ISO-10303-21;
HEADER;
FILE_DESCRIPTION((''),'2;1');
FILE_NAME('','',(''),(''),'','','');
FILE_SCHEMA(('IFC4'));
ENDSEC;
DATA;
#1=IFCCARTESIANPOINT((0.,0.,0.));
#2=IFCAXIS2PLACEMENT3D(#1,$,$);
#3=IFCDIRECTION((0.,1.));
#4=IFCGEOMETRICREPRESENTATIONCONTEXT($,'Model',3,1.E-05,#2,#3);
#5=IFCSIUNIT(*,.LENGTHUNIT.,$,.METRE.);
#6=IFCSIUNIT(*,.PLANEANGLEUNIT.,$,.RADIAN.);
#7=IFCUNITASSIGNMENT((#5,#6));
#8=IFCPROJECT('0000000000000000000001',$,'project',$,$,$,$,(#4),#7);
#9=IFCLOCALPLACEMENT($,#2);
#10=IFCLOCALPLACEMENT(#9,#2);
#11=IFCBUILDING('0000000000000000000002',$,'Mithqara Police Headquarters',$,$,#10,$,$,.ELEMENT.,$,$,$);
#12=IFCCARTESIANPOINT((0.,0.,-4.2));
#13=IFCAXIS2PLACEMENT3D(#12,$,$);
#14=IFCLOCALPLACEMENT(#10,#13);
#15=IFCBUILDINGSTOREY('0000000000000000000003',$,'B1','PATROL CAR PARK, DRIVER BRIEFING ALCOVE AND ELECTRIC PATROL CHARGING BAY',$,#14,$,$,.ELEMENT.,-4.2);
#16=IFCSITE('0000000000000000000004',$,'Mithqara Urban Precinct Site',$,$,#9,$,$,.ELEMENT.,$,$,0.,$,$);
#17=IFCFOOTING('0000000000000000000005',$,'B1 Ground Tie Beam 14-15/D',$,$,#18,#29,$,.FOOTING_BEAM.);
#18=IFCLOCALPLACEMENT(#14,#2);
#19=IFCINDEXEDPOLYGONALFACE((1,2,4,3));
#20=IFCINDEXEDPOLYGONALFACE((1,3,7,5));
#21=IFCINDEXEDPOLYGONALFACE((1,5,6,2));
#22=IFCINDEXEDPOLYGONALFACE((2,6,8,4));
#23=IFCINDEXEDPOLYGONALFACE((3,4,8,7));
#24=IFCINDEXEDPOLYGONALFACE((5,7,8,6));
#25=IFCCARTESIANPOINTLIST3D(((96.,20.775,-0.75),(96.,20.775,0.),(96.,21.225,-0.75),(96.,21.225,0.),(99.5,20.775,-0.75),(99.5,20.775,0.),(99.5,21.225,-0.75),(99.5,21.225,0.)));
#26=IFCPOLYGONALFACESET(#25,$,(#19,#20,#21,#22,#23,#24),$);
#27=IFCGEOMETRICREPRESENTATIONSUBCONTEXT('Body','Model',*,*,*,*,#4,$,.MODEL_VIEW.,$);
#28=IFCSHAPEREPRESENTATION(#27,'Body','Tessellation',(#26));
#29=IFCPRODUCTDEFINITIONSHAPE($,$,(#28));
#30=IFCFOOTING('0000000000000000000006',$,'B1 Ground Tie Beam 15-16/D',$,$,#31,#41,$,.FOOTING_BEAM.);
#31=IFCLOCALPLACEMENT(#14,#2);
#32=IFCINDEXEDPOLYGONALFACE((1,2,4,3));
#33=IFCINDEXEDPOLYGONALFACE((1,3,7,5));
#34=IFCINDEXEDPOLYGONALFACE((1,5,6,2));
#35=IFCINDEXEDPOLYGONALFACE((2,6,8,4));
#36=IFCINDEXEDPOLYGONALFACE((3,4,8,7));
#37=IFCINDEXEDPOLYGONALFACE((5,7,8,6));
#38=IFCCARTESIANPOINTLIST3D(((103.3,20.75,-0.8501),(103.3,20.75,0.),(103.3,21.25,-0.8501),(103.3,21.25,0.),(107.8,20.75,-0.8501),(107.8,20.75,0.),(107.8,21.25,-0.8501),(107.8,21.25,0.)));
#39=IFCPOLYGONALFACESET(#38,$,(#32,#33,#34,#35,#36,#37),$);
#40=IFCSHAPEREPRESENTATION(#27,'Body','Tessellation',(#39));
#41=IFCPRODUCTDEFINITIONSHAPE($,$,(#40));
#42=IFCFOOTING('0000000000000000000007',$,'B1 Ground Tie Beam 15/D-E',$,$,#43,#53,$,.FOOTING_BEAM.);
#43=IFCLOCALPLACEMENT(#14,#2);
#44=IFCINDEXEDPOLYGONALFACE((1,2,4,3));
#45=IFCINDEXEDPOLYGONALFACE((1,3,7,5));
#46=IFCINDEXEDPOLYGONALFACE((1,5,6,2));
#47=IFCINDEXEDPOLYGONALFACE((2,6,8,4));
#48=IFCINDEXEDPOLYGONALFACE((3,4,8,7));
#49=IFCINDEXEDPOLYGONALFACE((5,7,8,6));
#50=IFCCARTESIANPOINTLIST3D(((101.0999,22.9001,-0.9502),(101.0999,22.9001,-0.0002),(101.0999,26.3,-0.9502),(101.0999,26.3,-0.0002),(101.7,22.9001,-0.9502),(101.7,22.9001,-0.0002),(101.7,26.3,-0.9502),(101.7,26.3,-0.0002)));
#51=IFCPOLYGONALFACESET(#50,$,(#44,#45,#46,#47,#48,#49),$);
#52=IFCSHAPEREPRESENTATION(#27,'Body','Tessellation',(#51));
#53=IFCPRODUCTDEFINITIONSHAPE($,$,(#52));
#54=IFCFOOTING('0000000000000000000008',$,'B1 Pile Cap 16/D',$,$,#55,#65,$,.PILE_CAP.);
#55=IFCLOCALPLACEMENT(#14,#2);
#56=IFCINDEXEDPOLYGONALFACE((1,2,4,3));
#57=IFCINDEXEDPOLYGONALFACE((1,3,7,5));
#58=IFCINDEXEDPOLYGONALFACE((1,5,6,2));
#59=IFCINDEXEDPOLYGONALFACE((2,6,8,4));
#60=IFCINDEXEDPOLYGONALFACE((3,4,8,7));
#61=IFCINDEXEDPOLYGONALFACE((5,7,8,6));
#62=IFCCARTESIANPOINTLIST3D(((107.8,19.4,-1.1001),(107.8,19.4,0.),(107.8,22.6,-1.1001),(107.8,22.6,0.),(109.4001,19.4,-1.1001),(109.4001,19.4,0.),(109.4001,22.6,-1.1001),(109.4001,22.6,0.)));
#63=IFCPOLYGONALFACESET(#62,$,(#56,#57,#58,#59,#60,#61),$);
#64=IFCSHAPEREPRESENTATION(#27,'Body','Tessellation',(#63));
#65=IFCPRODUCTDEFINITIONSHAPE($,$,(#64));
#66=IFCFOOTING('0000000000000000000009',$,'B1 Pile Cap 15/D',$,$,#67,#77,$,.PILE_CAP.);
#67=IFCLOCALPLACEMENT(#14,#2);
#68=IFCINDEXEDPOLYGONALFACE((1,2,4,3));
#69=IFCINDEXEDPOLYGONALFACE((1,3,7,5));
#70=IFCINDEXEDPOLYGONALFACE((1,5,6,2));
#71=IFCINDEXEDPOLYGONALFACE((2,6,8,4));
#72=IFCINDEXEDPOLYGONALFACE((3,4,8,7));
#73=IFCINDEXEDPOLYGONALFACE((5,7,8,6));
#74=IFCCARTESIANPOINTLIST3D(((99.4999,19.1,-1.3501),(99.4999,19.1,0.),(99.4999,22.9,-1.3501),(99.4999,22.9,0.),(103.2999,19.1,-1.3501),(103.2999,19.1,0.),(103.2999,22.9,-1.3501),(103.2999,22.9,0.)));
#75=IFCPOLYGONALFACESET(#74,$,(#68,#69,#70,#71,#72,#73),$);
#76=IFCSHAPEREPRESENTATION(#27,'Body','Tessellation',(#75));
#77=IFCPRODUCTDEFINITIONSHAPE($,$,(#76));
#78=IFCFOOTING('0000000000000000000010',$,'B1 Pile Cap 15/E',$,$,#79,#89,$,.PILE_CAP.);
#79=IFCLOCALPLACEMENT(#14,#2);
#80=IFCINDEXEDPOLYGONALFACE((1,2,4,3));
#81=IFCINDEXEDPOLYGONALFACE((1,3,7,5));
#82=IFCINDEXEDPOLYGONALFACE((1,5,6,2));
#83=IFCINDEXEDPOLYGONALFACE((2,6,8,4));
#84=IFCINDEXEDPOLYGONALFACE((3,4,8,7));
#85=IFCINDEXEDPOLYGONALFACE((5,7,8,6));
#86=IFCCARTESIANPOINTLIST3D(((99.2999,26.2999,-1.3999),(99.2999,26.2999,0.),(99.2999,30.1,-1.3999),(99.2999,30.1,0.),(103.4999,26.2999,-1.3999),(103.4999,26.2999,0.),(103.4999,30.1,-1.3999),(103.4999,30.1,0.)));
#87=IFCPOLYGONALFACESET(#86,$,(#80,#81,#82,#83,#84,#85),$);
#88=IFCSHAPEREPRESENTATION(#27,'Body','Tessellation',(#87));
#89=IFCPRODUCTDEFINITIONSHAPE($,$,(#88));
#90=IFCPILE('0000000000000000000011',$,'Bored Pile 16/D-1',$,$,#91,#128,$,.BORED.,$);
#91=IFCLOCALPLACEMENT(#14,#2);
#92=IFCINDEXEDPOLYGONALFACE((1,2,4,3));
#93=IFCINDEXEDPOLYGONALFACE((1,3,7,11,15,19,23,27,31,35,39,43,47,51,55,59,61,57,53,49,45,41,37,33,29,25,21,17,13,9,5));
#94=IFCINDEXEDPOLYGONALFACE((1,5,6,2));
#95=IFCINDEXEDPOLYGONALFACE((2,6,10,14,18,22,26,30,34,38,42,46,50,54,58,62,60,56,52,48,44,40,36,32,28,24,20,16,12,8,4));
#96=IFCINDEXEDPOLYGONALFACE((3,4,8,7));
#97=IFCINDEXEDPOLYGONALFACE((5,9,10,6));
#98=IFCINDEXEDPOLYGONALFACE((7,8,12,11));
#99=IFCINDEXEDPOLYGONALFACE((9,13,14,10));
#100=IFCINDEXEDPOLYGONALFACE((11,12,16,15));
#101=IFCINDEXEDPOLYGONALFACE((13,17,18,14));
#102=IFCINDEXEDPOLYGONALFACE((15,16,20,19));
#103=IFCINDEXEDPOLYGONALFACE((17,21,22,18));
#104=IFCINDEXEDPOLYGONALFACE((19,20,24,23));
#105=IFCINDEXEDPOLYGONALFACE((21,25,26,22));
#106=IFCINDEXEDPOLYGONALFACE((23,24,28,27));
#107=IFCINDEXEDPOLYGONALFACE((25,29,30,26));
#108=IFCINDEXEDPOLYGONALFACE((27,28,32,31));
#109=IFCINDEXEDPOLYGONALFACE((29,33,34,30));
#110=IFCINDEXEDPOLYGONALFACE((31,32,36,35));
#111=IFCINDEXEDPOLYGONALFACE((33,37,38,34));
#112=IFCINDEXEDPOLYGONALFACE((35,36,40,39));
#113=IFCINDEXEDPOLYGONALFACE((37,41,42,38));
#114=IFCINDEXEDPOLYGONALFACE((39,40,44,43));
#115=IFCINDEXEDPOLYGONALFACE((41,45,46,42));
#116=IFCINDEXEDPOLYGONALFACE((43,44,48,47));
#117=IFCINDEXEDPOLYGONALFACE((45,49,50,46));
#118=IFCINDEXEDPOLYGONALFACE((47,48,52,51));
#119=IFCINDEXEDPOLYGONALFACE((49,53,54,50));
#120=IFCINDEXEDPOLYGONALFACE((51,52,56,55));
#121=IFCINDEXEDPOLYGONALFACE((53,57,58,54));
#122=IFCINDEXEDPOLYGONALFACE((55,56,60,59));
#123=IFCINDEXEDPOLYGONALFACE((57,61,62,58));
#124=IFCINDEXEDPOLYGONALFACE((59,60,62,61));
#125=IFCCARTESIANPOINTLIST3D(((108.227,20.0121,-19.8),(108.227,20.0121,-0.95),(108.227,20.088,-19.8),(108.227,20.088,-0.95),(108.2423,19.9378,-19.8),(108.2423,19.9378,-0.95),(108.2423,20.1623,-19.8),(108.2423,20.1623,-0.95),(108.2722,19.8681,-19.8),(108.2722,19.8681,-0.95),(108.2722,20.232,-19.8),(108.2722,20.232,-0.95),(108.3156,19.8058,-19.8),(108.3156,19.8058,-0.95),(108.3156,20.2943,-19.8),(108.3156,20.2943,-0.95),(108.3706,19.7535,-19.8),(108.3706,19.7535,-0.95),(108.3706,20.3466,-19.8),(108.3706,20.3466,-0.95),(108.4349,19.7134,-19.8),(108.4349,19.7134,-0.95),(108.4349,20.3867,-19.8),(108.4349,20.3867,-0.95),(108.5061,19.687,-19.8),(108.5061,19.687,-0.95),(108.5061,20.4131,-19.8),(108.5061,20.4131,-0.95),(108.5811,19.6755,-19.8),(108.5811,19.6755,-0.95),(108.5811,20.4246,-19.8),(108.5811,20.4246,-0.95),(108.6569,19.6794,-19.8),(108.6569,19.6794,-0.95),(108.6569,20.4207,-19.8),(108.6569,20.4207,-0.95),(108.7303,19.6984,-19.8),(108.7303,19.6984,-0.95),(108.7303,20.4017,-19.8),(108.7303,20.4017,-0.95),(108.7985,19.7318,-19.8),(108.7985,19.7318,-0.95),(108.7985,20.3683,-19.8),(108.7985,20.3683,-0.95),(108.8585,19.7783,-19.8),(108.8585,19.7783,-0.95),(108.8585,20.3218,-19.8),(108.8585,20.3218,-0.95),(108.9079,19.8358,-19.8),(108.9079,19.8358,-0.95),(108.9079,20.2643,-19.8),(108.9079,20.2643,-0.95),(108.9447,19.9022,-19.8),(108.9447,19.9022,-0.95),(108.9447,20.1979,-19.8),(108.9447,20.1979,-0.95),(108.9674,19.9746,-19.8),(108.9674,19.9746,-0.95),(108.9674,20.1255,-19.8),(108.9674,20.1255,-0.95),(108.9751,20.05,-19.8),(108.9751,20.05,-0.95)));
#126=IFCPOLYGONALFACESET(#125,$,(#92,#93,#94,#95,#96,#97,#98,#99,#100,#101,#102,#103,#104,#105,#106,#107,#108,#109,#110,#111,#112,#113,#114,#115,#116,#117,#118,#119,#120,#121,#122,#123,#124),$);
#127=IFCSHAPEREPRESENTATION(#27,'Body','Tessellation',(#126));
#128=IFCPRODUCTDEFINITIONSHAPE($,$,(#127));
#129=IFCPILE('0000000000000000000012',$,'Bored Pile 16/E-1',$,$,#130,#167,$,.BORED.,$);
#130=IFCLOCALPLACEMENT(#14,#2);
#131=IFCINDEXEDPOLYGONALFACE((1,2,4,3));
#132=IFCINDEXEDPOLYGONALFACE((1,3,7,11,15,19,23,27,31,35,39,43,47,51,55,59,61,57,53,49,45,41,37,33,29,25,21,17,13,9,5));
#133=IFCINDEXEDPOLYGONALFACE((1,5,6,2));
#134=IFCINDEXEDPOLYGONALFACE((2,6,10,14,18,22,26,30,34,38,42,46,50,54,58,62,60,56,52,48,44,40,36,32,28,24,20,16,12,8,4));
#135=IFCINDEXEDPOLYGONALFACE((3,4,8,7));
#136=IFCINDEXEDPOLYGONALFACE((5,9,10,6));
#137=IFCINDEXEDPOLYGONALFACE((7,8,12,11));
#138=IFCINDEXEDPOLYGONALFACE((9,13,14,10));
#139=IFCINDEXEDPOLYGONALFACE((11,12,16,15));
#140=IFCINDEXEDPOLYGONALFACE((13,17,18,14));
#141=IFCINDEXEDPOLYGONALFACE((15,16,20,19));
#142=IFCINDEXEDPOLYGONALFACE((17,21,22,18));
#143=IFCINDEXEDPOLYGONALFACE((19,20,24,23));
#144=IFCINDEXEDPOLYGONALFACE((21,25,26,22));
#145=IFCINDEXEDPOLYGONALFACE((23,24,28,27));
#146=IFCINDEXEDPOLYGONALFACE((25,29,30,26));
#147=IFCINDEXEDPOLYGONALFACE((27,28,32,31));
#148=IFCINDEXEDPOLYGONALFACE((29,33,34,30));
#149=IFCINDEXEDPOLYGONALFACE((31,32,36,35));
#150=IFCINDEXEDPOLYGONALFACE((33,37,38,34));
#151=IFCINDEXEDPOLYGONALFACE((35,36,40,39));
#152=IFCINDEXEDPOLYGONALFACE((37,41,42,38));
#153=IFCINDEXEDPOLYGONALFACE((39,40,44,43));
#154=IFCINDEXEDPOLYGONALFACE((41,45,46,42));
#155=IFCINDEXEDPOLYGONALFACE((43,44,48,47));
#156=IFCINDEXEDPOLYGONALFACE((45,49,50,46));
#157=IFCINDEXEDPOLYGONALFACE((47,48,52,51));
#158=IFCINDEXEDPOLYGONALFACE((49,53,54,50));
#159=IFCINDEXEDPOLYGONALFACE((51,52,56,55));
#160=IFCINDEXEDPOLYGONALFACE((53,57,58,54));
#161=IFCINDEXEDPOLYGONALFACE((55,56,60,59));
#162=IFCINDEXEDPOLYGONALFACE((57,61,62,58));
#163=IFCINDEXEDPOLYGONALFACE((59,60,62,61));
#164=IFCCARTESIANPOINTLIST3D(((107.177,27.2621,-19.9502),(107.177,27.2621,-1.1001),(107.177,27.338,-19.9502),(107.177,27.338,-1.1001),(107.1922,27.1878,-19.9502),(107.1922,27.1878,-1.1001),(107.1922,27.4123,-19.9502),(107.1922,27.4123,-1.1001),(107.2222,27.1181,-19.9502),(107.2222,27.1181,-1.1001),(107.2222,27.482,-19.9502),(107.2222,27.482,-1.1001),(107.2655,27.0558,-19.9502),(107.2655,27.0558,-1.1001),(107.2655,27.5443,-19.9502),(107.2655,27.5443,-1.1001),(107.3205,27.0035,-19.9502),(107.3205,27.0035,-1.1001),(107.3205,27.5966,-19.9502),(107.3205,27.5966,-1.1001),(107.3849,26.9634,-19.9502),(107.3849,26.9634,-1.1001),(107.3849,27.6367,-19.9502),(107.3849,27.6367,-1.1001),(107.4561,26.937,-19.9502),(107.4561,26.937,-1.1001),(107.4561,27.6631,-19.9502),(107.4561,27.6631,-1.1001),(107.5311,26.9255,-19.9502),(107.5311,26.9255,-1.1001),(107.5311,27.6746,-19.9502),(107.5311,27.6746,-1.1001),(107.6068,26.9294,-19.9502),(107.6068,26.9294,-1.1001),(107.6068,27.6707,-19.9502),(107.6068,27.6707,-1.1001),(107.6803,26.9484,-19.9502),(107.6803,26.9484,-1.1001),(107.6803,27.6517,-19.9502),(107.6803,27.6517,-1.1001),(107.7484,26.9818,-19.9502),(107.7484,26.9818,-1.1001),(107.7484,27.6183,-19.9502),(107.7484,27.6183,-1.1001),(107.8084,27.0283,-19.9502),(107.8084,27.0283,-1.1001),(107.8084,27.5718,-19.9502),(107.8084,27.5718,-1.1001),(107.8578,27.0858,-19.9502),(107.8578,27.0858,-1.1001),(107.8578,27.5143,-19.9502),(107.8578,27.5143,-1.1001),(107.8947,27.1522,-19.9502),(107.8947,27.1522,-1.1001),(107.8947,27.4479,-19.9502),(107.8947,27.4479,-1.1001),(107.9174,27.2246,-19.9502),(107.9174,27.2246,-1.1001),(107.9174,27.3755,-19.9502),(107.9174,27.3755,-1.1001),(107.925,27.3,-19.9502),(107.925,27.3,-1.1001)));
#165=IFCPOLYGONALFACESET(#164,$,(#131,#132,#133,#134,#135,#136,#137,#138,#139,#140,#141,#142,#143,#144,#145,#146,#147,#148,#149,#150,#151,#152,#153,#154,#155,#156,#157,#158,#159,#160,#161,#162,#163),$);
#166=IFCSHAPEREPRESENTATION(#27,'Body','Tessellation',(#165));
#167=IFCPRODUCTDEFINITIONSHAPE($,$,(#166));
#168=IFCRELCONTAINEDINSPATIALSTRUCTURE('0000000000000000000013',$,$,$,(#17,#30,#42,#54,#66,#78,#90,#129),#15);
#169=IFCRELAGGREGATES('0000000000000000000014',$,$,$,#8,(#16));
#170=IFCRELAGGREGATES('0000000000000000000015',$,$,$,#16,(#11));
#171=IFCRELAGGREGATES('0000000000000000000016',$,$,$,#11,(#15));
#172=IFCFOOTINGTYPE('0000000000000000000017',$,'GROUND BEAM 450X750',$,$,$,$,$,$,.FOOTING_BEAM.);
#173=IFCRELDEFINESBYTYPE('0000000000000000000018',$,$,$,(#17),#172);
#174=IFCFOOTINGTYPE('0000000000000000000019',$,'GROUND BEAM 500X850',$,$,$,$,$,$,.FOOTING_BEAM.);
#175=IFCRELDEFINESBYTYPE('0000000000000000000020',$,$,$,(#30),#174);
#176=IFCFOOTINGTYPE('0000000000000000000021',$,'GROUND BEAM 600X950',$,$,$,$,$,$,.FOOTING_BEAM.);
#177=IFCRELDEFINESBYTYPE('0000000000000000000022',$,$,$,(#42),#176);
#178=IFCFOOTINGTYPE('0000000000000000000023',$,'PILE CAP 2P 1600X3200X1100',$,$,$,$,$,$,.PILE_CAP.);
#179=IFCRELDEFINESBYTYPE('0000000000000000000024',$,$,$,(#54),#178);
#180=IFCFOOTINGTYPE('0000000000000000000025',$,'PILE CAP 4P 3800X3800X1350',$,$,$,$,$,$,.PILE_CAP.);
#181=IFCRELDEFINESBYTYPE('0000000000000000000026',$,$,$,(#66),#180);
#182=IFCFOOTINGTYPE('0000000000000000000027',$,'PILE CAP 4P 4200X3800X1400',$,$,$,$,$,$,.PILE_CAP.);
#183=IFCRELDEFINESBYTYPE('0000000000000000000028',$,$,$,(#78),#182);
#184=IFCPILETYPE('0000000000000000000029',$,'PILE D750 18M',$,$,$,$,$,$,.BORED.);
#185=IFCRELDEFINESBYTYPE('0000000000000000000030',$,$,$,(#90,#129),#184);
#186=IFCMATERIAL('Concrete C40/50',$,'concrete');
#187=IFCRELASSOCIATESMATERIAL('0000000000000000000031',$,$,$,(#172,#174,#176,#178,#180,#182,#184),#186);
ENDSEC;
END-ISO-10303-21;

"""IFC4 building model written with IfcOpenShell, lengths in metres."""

from ifc_helpers import new_model, si_unit, direction, frame, origin, origin_2d, place, context, subcontext, project, spatial, rectangle, circle, extrude, material, material_profile, profile_set, type_object, element, save


model = new_model("IFC4")

# Units and contexts
model_context = context("Model", 3, precision=1e-05, world=origin(), true_north=direction((0.0, 1.0)))
body_context = subcontext(model_context, "Body", "Model", "MODEL_VIEW")
ifc_project = project(units=[si_unit("LENGTHUNIT", "METRE"), si_unit("PLANEANGLEUNIT", "RADIAN")], contexts=[model_context])

# Site, building, storey
site_placement = place(None, origin())
site = spatial("IfcSite", under=ifc_project, at=site_placement, Name="Mithqara Urban Precinct Site", CompositionType="ELEMENT", RefElevation=0.0)
building_placement = place(site_placement, origin())
building = spatial("IfcBuilding", under=site, at=building_placement, Name="Mithqara Police Headquarters", CompositionType="ELEMENT")
storey_placement = place(building_placement, frame((0.0, 0.0, -4.2)))
storey = spatial("IfcBuildingStorey", under=building, at=storey_placement, Name="B1", Description="PATROL CAR PARK, DRIVER BRIEFING ALCOVE AND ELECTRIC PATROL CHARGING BAY", CompositionType="ELEMENT", Elevation=-4.2)

# Footings
ifc_material_1 = material(Name="Concrete C40/50", Category="concrete")
footing_type_1 = type_object("IfcFootingType", Name="GROUND BEAM 450X750", PredefinedType="FOOTING_BEAM", material=ifc_material_1)
footing_1_placement = place(storey_placement, frame((97.75, 21.0, -0.75), z_axis=(0.0, 0.0, 1.0), x_axis=(1.0, 0.0, 0.0)))
element("IfcFooting", 1, at=footing_1_placement, inside=storey, type_object=footing_type_1, Name="B1 Ground Tie Beam 14-15/D", PredefinedType="FOOTING_BEAM", context=body_context, shape_type="SweptSolid", body=[
    extrude(rectangle(XDim=3.5, YDim=0.45, at=origin_2d()), origin(), (0.0, 0.0, 1.0), 0.75),
])
footing_type_2 = type_object("IfcFootingType", Name="GROUND BEAM 500X850", PredefinedType="FOOTING_BEAM", material=ifc_material_1)
footing_2_placement = place(storey_placement, frame((105.55, 21.0, -0.8501), z_axis=(0.0, 0.0, 1.0), x_axis=(1.0, 0.0, 0.0)))
element("IfcFooting", 2, at=footing_2_placement, inside=storey, type_object=footing_type_2, Name="B1 Ground Tie Beam 15-16/D", PredefinedType="FOOTING_BEAM", context=body_context, shape_type="SweptSolid", body=[
    extrude(rectangle(XDim=4.5, YDim=0.5, at=origin_2d()), origin(), (0.0, 0.0, 1.0), 0.8501),
])
footing_type_3 = type_object("IfcFootingType", Name="GROUND BEAM 600X950", PredefinedType="FOOTING_BEAM", material=ifc_material_1)
footing_3_placement = place(storey_placement, frame((101.3999, 24.6001, -0.9502), z_axis=(0.0, 0.0, 1.0), x_axis=(1.0, 0.0, 0.0)))
element("IfcFooting", 3, at=footing_3_placement, inside=storey, type_object=footing_type_3, Name="B1 Ground Tie Beam 15/D-E", PredefinedType="FOOTING_BEAM", context=body_context, shape_type="SweptSolid", body=[
    extrude(rectangle(XDim=0.6001, YDim=3.3999, at=origin_2d()), origin(), (0.0, 0.0, 1.0), 0.95),
])
footing_type_4 = type_object("IfcFootingType", Name="PILE CAP 2P 1600X3200X1100", PredefinedType="PILE_CAP", material=ifc_material_1)
footing_4_placement = place(storey_placement, frame((108.6001, 21.0, -1.1001), z_axis=(0.0, 0.0, 1.0), x_axis=(1.0, 0.0, 0.0)))
element("IfcFooting", 4, at=footing_4_placement, inside=storey, type_object=footing_type_4, Name="B1 Pile Cap 16/D", PredefinedType="PILE_CAP", context=body_context, shape_type="SweptSolid", body=[
    extrude(rectangle(XDim=1.6001, YDim=3.2, at=origin_2d()), origin(), (0.0, 0.0, 1.0), 1.1001),
])
footing_type_5 = type_object("IfcFootingType", Name="PILE CAP 4P 3800X3800X1350", PredefinedType="PILE_CAP", material=ifc_material_1)
footing_5_placement = place(storey_placement, frame((101.3999, 21.0, -1.3501), z_axis=(0.0, 0.0, 1.0), x_axis=(1.0, 0.0, 0.0)))
element("IfcFooting", 5, at=footing_5_placement, inside=storey, type_object=footing_type_5, Name="B1 Pile Cap 15/D", PredefinedType="PILE_CAP", context=body_context, shape_type="SweptSolid", body=[
    extrude(rectangle(XDim=3.8, YDim=3.8, at=origin_2d()), origin(), (0.0, 0.0, 1.0), 1.3501),
])
footing_type_6 = type_object("IfcFootingType", Name="PILE CAP 4P 4200X3800X1400", PredefinedType="PILE_CAP", material=ifc_material_1)
footing_6_placement = place(storey_placement, frame((101.3999, 28.2, -1.3999), z_axis=(0.0, 0.0, 1.0), x_axis=(1.0, 0.0, 0.0)))
element("IfcFooting", 6, at=footing_6_placement, inside=storey, type_object=footing_type_6, Name="B1 Pile Cap 15/E", PredefinedType="PILE_CAP", context=body_context, shape_type="SweptSolid", body=[
    extrude(rectangle(XDim=4.2, YDim=3.8, at=origin_2d()), origin(), (0.0, 0.0, 1.0), 1.3999),
])

# Piles
ifc_material_profile_1 = material_profile(ifc_material_1, circle(Radius=0.375, at=origin_2d()), Name="PILE D750")
ifc_profile_set_1 = profile_set([ifc_material_profile_1], Name="Concrete C40/50")
pile_type_1 = type_object("IfcPileType", Name="PILE D750 18M", PredefinedType="BORED", material=ifc_profile_set_1)
for number, where, z_axis, x_axis, name in (
    (7, (108.6001, 20.05, -0.95), (0.0, 0.0, -1.0), (1.0, 0.0, 0.0), "Bored Pile 16/D-1"),
    (8, (107.55, 27.3, -1.1001), (0.0, 0.0, -1.0), (1.0, 0.0, 0.0), "Bored Pile 16/E-1"),
):
    element("IfcPile", number, at=place(storey_placement, frame(where, z_axis=z_axis, x_axis=x_axis)), inside=storey, type_object=pile_type_1, Name=name, PredefinedType="BORED", context=body_context, shape_type="SweptSolid", body=[
        extrude(circle(Radius=0.375, at=origin_2d()), origin(), (0.0, 0.0, 1.0), 18.8501),
    ])

save(model, "model.ifc")
